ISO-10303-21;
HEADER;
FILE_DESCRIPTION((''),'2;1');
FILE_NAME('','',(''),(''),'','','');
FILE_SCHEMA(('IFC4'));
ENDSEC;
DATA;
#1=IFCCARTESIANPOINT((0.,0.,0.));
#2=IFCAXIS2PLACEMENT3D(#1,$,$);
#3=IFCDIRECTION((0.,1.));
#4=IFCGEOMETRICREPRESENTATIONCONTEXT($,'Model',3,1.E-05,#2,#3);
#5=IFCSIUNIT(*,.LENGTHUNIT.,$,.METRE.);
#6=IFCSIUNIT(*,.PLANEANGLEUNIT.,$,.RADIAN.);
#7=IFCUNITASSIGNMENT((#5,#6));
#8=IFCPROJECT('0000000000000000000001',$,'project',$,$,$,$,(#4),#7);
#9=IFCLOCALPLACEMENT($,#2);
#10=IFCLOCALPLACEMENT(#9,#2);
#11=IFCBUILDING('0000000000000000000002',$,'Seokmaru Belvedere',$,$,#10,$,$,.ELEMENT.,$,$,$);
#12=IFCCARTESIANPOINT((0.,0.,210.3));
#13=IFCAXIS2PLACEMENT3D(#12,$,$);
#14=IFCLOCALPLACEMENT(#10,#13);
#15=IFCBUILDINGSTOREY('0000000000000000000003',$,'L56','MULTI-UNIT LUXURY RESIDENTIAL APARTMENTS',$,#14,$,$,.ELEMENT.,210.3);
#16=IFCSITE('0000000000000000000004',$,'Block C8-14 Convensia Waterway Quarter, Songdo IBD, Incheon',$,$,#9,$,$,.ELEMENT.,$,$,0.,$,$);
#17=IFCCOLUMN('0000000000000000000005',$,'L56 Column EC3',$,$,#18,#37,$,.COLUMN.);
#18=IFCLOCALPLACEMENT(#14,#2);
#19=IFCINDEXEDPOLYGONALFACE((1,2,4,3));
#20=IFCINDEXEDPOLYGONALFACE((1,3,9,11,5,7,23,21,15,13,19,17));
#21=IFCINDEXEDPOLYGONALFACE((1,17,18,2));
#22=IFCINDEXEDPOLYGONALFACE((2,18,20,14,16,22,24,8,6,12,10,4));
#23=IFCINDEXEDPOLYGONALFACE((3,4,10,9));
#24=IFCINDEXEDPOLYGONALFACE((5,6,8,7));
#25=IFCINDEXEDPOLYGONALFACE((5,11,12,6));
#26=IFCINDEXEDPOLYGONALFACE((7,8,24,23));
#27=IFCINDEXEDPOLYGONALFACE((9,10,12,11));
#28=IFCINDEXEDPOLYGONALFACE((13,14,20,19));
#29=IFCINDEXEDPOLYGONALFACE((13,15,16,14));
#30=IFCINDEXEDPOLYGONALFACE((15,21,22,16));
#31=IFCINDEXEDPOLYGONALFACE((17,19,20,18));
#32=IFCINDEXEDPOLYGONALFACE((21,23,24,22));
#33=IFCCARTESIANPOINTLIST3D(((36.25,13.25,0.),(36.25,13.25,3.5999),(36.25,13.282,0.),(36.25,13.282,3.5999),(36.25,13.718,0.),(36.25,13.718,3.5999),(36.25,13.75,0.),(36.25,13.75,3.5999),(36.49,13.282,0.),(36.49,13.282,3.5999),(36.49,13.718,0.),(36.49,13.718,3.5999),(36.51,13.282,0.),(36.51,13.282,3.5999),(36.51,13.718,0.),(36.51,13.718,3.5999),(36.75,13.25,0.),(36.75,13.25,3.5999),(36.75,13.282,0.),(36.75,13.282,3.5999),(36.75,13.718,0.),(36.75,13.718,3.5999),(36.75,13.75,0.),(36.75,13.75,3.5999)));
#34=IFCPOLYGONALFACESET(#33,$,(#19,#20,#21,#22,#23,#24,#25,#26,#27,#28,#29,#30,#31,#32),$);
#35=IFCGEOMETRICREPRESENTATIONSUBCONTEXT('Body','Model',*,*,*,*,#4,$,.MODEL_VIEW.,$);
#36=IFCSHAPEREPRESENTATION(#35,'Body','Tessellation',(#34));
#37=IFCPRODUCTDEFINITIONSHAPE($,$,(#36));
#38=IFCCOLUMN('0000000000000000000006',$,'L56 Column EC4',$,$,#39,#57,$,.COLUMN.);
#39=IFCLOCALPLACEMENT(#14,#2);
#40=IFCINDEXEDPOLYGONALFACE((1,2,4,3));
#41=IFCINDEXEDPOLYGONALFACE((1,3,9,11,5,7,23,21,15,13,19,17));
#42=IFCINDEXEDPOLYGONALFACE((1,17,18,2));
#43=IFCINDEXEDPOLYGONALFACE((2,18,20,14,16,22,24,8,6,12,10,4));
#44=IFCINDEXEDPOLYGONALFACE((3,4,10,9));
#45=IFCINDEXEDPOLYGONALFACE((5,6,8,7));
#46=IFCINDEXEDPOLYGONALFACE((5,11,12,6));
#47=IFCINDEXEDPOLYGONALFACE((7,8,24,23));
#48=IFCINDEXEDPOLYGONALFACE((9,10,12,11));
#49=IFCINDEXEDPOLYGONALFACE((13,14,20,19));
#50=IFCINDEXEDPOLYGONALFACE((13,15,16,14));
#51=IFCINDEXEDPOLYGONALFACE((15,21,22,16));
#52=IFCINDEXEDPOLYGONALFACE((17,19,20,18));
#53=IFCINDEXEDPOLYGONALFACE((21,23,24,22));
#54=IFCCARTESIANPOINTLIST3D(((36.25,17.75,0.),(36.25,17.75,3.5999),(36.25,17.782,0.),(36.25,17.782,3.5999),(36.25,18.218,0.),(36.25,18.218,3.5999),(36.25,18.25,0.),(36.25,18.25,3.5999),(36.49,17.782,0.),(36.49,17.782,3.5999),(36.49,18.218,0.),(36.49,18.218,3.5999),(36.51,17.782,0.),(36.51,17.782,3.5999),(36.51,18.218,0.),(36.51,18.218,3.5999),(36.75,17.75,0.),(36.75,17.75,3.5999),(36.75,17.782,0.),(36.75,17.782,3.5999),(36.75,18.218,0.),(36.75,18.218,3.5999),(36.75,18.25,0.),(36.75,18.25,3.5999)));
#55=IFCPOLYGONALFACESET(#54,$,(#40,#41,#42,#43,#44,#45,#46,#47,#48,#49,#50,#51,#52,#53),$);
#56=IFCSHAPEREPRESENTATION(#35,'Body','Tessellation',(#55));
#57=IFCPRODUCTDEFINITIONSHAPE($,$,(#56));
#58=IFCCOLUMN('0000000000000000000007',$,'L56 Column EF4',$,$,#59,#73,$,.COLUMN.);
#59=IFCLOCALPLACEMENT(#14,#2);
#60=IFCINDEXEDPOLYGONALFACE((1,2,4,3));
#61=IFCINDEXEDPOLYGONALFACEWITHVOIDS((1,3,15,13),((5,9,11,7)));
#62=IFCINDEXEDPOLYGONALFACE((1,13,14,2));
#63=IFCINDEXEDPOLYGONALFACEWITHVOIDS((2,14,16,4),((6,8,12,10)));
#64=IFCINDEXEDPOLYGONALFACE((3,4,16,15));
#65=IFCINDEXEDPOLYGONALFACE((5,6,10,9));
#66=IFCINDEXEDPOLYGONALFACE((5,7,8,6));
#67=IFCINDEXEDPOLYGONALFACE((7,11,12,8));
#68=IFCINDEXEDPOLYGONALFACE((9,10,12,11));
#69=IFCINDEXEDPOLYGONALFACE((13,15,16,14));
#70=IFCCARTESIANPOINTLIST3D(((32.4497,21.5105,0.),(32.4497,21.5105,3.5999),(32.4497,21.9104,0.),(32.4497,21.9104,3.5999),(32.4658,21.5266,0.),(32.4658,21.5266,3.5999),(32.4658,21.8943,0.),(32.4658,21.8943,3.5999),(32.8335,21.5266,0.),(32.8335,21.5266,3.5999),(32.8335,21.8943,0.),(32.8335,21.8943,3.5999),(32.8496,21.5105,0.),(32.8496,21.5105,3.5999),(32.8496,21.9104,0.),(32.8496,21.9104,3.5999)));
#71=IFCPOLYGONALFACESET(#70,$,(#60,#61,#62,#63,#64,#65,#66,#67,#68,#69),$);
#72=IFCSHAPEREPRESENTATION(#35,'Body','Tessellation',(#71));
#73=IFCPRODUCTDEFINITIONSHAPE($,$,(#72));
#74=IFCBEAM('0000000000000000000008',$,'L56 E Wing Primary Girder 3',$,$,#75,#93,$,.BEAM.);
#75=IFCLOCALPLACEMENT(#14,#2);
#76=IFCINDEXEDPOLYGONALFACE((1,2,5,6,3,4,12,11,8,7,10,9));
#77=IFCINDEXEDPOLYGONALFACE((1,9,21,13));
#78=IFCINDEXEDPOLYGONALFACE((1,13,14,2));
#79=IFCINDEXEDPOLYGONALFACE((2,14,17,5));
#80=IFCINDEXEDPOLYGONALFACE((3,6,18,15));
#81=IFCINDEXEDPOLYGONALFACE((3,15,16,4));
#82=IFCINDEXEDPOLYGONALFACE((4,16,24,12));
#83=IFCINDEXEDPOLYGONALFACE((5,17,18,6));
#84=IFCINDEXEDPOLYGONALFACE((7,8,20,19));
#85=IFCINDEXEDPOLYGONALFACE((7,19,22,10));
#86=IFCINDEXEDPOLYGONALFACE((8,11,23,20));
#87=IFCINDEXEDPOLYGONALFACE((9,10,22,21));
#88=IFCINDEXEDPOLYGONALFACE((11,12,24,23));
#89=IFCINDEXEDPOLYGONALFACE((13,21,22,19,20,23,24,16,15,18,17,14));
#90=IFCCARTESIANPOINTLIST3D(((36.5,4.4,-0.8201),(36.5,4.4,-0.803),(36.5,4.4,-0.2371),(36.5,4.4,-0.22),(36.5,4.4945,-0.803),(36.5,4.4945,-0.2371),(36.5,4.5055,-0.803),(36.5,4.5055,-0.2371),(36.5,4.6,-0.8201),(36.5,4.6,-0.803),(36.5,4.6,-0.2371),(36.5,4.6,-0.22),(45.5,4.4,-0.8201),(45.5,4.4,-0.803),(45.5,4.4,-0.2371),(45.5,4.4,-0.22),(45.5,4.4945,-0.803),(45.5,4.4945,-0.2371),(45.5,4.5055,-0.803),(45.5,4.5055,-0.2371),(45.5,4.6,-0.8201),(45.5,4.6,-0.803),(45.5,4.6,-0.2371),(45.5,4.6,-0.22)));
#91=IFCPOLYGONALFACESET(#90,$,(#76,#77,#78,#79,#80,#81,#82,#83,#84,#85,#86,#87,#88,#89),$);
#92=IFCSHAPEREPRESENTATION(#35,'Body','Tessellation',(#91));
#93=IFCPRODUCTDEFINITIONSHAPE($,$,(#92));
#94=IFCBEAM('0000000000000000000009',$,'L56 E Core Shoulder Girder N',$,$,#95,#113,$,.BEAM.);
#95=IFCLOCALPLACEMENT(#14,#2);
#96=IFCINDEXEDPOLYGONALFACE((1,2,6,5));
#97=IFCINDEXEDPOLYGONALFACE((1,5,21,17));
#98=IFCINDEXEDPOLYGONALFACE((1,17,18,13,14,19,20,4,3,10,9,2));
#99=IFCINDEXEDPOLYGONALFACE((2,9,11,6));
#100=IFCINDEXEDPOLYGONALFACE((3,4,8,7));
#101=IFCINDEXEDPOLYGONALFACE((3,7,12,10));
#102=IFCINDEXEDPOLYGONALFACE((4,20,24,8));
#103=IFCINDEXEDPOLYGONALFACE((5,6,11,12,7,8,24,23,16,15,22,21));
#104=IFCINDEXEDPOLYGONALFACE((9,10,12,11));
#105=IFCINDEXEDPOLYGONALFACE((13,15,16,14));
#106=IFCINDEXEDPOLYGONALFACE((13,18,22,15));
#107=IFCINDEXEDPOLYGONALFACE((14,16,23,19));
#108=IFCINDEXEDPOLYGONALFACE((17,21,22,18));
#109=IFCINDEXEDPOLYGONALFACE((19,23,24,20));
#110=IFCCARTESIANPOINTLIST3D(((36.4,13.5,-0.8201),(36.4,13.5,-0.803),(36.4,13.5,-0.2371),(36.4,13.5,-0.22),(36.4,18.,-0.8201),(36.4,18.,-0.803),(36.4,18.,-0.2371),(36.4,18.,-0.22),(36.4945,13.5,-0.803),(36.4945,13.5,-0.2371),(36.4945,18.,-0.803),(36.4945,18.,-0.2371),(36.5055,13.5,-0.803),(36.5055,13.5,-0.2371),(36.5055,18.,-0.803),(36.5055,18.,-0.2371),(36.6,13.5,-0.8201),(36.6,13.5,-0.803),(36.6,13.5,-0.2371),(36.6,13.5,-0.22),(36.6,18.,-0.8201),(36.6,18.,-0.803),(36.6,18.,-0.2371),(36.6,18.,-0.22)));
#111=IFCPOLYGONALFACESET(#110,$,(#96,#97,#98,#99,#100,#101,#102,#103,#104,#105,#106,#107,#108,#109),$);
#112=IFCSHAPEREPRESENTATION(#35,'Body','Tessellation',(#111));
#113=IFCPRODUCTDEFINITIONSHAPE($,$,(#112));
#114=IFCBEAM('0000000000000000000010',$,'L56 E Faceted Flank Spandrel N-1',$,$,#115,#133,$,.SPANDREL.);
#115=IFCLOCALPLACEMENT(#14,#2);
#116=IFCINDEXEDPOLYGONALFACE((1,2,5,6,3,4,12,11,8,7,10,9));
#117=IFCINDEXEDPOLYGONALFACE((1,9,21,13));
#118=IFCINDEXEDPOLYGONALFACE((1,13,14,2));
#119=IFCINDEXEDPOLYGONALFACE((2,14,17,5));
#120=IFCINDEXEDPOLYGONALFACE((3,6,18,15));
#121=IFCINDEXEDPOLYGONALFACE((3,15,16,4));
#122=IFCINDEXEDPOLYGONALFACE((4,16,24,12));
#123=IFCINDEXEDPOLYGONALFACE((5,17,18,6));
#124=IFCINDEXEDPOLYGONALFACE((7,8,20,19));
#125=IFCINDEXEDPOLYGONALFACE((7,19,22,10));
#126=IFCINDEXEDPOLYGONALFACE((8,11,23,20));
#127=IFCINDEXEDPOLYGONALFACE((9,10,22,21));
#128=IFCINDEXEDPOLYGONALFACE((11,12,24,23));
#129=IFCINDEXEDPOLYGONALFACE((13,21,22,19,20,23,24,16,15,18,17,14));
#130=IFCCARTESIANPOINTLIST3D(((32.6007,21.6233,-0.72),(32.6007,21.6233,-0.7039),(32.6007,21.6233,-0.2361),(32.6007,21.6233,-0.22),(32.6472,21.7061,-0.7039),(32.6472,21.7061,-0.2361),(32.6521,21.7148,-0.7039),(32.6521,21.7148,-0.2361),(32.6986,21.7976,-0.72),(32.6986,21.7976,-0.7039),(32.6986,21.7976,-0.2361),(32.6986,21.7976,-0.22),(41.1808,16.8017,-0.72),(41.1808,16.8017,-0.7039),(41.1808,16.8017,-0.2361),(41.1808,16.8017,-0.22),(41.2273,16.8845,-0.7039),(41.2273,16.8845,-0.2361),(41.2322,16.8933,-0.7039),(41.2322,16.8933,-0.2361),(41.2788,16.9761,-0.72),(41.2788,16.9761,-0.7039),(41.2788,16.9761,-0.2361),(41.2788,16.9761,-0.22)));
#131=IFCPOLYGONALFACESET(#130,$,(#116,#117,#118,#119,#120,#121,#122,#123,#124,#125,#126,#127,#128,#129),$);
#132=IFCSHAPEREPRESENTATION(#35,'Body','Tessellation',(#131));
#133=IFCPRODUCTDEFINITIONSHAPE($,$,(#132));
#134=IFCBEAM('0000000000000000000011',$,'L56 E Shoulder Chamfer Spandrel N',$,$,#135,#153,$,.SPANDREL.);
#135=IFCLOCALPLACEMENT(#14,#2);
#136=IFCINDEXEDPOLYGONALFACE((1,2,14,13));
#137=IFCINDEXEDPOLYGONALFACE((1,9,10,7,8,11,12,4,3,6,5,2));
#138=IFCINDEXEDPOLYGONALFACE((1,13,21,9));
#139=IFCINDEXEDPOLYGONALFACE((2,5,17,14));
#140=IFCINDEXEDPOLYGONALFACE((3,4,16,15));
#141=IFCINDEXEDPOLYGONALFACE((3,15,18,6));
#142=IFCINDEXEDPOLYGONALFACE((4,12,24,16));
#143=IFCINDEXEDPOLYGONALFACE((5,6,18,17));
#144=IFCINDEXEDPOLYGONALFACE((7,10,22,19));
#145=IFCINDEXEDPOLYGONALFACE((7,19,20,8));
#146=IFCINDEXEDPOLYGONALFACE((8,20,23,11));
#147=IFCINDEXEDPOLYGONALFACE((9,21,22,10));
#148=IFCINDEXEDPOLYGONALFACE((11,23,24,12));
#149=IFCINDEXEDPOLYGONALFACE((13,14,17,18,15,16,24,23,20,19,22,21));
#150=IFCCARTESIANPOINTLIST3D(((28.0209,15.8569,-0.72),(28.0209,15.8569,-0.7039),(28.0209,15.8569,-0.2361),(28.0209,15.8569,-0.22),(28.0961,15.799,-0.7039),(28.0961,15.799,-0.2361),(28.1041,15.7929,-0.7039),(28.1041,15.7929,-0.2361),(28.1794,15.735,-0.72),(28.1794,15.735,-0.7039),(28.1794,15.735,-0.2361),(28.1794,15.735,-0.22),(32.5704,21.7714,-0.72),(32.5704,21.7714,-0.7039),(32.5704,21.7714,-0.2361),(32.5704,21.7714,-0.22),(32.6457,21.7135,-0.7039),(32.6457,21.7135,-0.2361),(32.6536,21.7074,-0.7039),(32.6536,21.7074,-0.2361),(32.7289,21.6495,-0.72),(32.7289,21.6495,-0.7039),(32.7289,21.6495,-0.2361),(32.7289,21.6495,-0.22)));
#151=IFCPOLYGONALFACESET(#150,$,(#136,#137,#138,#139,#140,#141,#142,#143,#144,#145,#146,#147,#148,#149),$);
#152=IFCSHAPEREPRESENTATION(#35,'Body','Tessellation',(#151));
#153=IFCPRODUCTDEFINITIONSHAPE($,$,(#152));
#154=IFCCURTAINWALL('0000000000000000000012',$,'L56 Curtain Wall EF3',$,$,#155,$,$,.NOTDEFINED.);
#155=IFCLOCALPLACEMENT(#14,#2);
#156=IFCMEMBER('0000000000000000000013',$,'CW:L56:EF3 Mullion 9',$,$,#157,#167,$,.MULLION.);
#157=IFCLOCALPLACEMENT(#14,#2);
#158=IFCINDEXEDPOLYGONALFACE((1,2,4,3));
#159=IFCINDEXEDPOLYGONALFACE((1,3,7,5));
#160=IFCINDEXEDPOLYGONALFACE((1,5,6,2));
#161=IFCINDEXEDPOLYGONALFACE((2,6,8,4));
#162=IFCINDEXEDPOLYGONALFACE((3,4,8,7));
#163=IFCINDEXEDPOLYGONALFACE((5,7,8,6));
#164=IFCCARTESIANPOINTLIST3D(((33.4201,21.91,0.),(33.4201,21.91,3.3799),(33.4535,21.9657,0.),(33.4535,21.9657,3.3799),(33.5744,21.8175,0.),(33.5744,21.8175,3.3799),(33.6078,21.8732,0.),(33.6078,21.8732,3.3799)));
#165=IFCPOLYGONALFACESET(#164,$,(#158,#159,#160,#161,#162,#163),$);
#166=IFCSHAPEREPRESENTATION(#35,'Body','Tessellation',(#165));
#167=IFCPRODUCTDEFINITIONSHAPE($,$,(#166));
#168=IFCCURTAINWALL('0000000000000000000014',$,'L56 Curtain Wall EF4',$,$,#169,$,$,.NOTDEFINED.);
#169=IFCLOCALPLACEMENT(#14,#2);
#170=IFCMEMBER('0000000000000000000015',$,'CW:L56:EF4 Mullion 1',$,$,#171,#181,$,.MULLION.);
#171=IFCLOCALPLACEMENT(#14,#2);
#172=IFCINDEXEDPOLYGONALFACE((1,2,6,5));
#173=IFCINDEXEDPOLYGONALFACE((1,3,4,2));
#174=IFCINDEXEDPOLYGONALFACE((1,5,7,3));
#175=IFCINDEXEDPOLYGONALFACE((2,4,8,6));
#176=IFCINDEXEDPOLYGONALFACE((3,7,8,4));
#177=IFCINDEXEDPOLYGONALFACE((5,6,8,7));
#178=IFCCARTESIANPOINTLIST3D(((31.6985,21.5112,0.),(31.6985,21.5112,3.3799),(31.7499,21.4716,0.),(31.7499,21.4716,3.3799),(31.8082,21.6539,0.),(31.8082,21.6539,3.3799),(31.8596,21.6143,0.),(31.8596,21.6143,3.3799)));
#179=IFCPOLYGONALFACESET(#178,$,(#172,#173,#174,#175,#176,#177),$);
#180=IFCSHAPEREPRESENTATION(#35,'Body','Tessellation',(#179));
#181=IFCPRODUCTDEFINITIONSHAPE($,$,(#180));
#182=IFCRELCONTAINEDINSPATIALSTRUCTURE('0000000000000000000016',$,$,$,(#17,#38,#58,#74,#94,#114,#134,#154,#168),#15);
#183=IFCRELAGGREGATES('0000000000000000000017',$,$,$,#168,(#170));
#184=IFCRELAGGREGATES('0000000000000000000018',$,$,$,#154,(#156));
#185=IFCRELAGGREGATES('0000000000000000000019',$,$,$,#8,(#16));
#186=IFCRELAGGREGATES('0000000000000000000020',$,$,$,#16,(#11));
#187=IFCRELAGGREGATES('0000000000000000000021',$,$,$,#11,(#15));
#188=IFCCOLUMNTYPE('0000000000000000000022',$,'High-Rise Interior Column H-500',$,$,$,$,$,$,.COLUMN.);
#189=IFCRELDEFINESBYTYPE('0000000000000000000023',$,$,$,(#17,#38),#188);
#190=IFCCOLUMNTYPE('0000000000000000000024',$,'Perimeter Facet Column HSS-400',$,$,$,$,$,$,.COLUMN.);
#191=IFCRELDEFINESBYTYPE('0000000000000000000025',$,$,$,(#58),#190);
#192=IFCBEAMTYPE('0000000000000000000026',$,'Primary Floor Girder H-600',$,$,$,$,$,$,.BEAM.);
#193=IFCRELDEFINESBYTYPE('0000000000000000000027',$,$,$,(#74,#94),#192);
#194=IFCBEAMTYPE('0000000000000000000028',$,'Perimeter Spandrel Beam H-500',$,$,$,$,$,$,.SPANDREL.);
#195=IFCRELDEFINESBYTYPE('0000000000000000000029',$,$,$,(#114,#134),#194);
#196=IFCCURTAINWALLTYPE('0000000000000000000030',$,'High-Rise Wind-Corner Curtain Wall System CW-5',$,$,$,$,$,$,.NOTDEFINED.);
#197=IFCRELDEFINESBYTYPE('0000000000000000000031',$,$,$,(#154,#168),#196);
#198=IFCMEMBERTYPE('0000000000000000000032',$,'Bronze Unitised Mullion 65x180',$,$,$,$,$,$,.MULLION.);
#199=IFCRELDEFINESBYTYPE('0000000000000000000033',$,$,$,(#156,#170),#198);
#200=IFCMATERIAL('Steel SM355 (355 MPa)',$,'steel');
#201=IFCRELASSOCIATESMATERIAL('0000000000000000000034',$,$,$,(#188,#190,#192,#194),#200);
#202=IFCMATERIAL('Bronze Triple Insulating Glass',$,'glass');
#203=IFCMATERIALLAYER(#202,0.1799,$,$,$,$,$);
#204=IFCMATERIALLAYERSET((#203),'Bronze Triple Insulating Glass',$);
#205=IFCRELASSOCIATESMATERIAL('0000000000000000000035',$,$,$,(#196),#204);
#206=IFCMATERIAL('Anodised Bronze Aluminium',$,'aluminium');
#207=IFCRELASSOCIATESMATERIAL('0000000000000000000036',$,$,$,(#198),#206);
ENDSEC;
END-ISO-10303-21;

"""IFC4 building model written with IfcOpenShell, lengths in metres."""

from ifc_helpers import new_model, si_unit, direction, frame, origin, origin_2d, place, context, subcontext, project, spatial, rectangle, hollow_rectangle, i_section, extrude, source, transform, mapped, material, layer, layer_set, material_profile, profile_set, type_object, type_shapes, element, aggregate, save


model = new_model("IFC4")

# Units and contexts
model_context = context("Model", 3, precision=1e-05, world=origin(), true_north=direction((0.0, 1.0)))
body_context = subcontext(model_context, "Body", "Model", "MODEL_VIEW")
ifc_project = project(units=[si_unit("LENGTHUNIT", "METRE"), si_unit("PLANEANGLEUNIT", "RADIAN")], contexts=[model_context])

# Site, building, storey
site_placement = place(None, origin())
site = spatial("IfcSite", under=ifc_project, at=site_placement, Name="Block C8-14 Convensia Waterway Quarter, Songdo IBD, Incheon", CompositionType="ELEMENT", RefElevation=0.0)
building_placement = place(site_placement, origin())
building = spatial("IfcBuilding", under=site, at=building_placement, Name="Seokmaru Belvedere", CompositionType="ELEMENT")
storey_placement = place(building_placement, frame((0.0, 0.0, 210.3)))
storey = spatial("IfcBuildingStorey", under=building, at=storey_placement, Name="L56", Description="MULTI-UNIT LUXURY RESIDENTIAL APARTMENTS", CompositionType="ELEMENT", Elevation=210.3)

# Columns
ifc_material_1 = material(Name="Steel SM355 (355 MPa)", Category="steel")
ifc_material_profile_1 = material_profile(ifc_material_1, i_section(OverallWidth=0.5, OverallDepth=0.5, WebThickness=0.02, FlangeThickness=0.032, at=origin_2d()), Name="H-500x500x20x32")
ifc_profile_set_1 = profile_set([ifc_material_profile_1], Name="Steel SM355 (355 MPa)")
column_type_1 = type_object("IfcColumnType", Name="High-Rise Interior Column H-500", PredefinedType="COLUMN", material=ifc_profile_set_1)
shared_shape_1 = source(origin(), body_context, "Body", "SweptSolid", [
    extrude(i_section(OverallWidth=0.5, OverallDepth=0.5, WebThickness=0.02, FlangeThickness=0.032, at=origin_2d()), origin(), (0.0, 0.0, 1.0), 3.5999),
])
type_shapes(column_type_1, [shared_shape_1])
for number, where, z_axis, x_axis, name in (
    (1, (36.5, 13.5, 0.0), (0.0, 0.0, 1.0), (1.0, 0.0, 0.0), "L56 Column EC3"),
    (2, (36.5, 18.0, 0.0), (0.0, 0.0, 1.0), (1.0, 0.0, 0.0), "L56 Column EC4"),
):
    element("IfcColumn", number, at=place(storey_placement, frame(where, z_axis=z_axis, x_axis=x_axis)), inside=storey, type_object=column_type_1, Name=name, PredefinedType="COLUMN", context=body_context, shape_type="MappedRepresentation", body=[
        mapped(shared_shape_1, transform((0.0, 0.0, 0.0), scale=1.0)),
    ])
ifc_material_profile_2 = material_profile(ifc_material_1, hollow_rectangle(XDim=0.3999, YDim=0.3999, WallThickness=0.0161, at=origin_2d()), Name="HSS-400x400x16")
ifc_profile_set_2 = profile_set([ifc_material_profile_2], Name="Steel SM355 (355 MPa)")
column_type_2 = type_object("IfcColumnType", Name="Perimeter Facet Column HSS-400", PredefinedType="COLUMN", material=ifc_profile_set_2)
shared_shape_2 = source(origin(), body_context, "Body", "SweptSolid", [
    extrude(hollow_rectangle(XDim=0.3999, YDim=0.3999, WallThickness=0.0161, at=origin_2d()), origin(), (0.0, 0.0, 1.0), 3.5999),
])
type_shapes(column_type_2, [shared_shape_2])
column_placement = place(storey_placement, frame((32.6497, 21.7104, 0.0), z_axis=(0.0, 0.0, 1.0), x_axis=(1.0, 0.0, 0.0)))
element("IfcColumn", 3, at=column_placement, inside=storey, type_object=column_type_2, Name="L56 Column EF4", PredefinedType="COLUMN", context=body_context, shape_type="MappedRepresentation", body=[
    mapped(shared_shape_2, transform((0.0, 0.0, 0.0), scale=1.0)),
])

# Beams
ifc_material_profile_3 = material_profile(ifc_material_1, i_section(OverallWidth=0.2, OverallDepth=0.6001, WebThickness=0.011, FlangeThickness=0.0171, at=origin_2d()), Name="H-600x200x11x17")
ifc_profile_set_3 = profile_set([ifc_material_profile_3], Name="Steel SM355 (355 MPa)")
beam_type_1 = type_object("IfcBeamType", Name="Primary Floor Girder H-600", PredefinedType="BEAM", material=ifc_profile_set_3)
shared_shape_3 = source(origin(), body_context, "Body", "SweptSolid", [
    extrude(i_section(OverallWidth=0.2, OverallDepth=0.6001, WebThickness=0.011, FlangeThickness=0.0171, at=origin_2d()), origin(), (0.0, 0.0, 1.0), 9.0),
])
beam_1_placement = place(storey_placement, frame((36.5, 4.5, -0.52), z_axis=(1.0, 0.0, 0.0), x_axis=(0.0, 1.0, 0.0)))
element("IfcBeam", 4, at=beam_1_placement, inside=storey, type_object=beam_type_1, Name="L56 E Wing Primary Girder 3", PredefinedType="BEAM", context=body_context, shape_type="MappedRepresentation", body=[
    mapped(shared_shape_3, transform((0.0, 0.0, 0.0), scale=1.0)),
])
shared_shape_4 = source(origin(), body_context, "Body", "SweptSolid", [
    extrude(i_section(OverallWidth=0.2, OverallDepth=0.6001, WebThickness=0.011, FlangeThickness=0.0171, at=origin_2d()), origin(), (0.0, 0.0, 1.0), 4.5),
])
type_shapes(beam_type_1, [shared_shape_3, shared_shape_4])
beam_2_placement = place(storey_placement, frame((36.5, 13.5, -0.52), z_axis=(0.0, 1.0, 0.0), x_axis=(-1.0, 0.0, 0.0)))
element("IfcBeam", 5, at=beam_2_placement, inside=storey, type_object=beam_type_1, Name="L56 E Core Shoulder Girder N", PredefinedType="BEAM", context=body_context, shape_type="MappedRepresentation", body=[
    mapped(shared_shape_4, transform((0.0, 0.0, 0.0), scale=1.0)),
])
ifc_material_profile_4 = material_profile(ifc_material_1, i_section(OverallWidth=0.2, OverallDepth=0.5, WebThickness=0.01, FlangeThickness=0.0161, at=origin_2d()), Name="H-500x200x10x16")
ifc_profile_set_4 = profile_set([ifc_material_profile_4], Name="Steel SM355 (355 MPa)")
beam_type_2 = type_object("IfcBeamType", Name="Perimeter Spandrel Beam H-500", PredefinedType="SPANDREL", material=ifc_profile_set_4)
shared_shape_5 = source(origin(), body_context, "Body", "SweptSolid", [
    extrude(i_section(OverallWidth=0.2, OverallDepth=0.5, WebThickness=0.01, FlangeThickness=0.0161, at=origin_2d()), origin(), (0.0, 0.0, 1.0), 9.842),
])
beam_3_placement = place(storey_placement, frame((32.6497, 21.7104, -0.47), z_axis=(0.871782, -0.489894, 0.0), x_axis=(0.489894, 0.871782, 0.0)))
element("IfcBeam", 6, at=beam_3_placement, inside=storey, type_object=beam_type_2, Name="L56 E Faceted Flank Spandrel N-1", PredefinedType="SPANDREL", context=body_context, shape_type="MappedRepresentation", body=[
    mapped(shared_shape_5, transform((0.0, 0.0, 0.0), scale=1.0)),
])
shared_shape_6 = source(origin(), body_context, "Body", "SweptSolid", [
    extrude(i_section(OverallWidth=0.2, OverallDepth=0.5, WebThickness=0.01, FlangeThickness=0.0161, at=origin_2d()), origin(), (0.0, 0.0, 1.0), 7.4619),
])
type_shapes(beam_type_2, [shared_shape_5, shared_shape_6])
beam_4_placement = place(storey_placement, frame((32.6497, 21.7104, -0.47), z_axis=(-0.609703, -0.79263, 0.0), x_axis=(0.79263, -0.609703, 0.0)))
element("IfcBeam", 7, at=beam_4_placement, inside=storey, type_object=beam_type_2, Name="L56 E Shoulder Chamfer Spandrel N", PredefinedType="SPANDREL", context=body_context, shape_type="MappedRepresentation", body=[
    mapped(shared_shape_6, transform((0.0, 0.0, 0.0), scale=1.0)),
])

# Curtain wall, member
ifc_material_2 = material(Name="Bronze Triple Insulating Glass", Category="glass")
ifc_layer_1 = layer(ifc_material_2, 0.1799)
ifc_layer_set_1 = layer_set([ifc_layer_1], Name="Bronze Triple Insulating Glass")
curtain_wall_type = type_object("IfcCurtainWallType", Name="High-Rise Wind-Corner Curtain Wall System CW-5", PredefinedType="NOTDEFINED", material=ifc_layer_set_1)
curtain_wall_1_placement = place(storey_placement, origin())
curtain_wall_1 = element("IfcCurtainWall", 8, at=curtain_wall_1_placement, inside=storey, type_object=curtain_wall_type, Name="L56 Curtain Wall EF3", PredefinedType="NOTDEFINED")
ifc_material_3 = material(Name="Anodised Bronze Aluminium", Category="aluminium")
ifc_material_profile_5 = material_profile(ifc_material_3, rectangle(XDim=0.0649, YDim=0.1799, at=origin_2d()), Name="CW-M-65x180")
ifc_profile_set_5 = profile_set([ifc_material_profile_5], Name="Anodised Bronze Aluminium")
member_type_1 = type_object("IfcMemberType", Name="Bronze Unitised Mullion 65x180", PredefinedType="MULLION", material=ifc_profile_set_5)
shared_shape_7 = source(origin(), body_context, "Body", "SweptSolid", [
    extrude(rectangle(XDim=0.0649, YDim=0.1799, at=origin_2d()), origin(), (0.0, 0.0, 1.0), 3.3799),
])
type_shapes(member_type_1, [shared_shape_7])
member_1_placement = place(storey_placement, frame((33.5139, 21.8916, 0.0), z_axis=(0.0, 0.0, 1.0), x_axis=(-0.514495, -0.857493, 0.0)))
member_1 = element("IfcMember", 9, at=member_1_placement, type_object=member_type_1, Name="CW:L56:EF3 Mullion 9", PredefinedType="MULLION", context=body_context, shape_type="MappedRepresentation", body=[
    mapped(shared_shape_7, transform((0.0, 0.0, 0.0), scale=1.0)),
])

# Curtain wall, member
curtain_wall_2_placement = place(storey_placement, origin())
curtain_wall_2 = element("IfcCurtainWall", 10, at=curtain_wall_2_placement, inside=storey, type_object=curtain_wall_type, Name="L56 Curtain Wall EF4", PredefinedType="NOTDEFINED")
member_2_placement = place(storey_placement, frame((31.7791, 21.5627, 0.0), z_axis=(0.0, 0.0, 1.0), x_axis=(0.792631, -0.609701, 0.0)))
member_2 = element("IfcMember", 11, at=member_2_placement, type_object=member_type_1, Name="CW:L56:EF4 Mullion 1", PredefinedType="MULLION", context=body_context, shape_type="MappedRepresentation", body=[
    mapped(shared_shape_7, transform((0.0, 0.0, 0.0), scale=1.0)),
])
aggregate(curtain_wall_2, [member_2])

aggregate(curtain_wall_1, [member_1])

save(model, "model.ifc")
